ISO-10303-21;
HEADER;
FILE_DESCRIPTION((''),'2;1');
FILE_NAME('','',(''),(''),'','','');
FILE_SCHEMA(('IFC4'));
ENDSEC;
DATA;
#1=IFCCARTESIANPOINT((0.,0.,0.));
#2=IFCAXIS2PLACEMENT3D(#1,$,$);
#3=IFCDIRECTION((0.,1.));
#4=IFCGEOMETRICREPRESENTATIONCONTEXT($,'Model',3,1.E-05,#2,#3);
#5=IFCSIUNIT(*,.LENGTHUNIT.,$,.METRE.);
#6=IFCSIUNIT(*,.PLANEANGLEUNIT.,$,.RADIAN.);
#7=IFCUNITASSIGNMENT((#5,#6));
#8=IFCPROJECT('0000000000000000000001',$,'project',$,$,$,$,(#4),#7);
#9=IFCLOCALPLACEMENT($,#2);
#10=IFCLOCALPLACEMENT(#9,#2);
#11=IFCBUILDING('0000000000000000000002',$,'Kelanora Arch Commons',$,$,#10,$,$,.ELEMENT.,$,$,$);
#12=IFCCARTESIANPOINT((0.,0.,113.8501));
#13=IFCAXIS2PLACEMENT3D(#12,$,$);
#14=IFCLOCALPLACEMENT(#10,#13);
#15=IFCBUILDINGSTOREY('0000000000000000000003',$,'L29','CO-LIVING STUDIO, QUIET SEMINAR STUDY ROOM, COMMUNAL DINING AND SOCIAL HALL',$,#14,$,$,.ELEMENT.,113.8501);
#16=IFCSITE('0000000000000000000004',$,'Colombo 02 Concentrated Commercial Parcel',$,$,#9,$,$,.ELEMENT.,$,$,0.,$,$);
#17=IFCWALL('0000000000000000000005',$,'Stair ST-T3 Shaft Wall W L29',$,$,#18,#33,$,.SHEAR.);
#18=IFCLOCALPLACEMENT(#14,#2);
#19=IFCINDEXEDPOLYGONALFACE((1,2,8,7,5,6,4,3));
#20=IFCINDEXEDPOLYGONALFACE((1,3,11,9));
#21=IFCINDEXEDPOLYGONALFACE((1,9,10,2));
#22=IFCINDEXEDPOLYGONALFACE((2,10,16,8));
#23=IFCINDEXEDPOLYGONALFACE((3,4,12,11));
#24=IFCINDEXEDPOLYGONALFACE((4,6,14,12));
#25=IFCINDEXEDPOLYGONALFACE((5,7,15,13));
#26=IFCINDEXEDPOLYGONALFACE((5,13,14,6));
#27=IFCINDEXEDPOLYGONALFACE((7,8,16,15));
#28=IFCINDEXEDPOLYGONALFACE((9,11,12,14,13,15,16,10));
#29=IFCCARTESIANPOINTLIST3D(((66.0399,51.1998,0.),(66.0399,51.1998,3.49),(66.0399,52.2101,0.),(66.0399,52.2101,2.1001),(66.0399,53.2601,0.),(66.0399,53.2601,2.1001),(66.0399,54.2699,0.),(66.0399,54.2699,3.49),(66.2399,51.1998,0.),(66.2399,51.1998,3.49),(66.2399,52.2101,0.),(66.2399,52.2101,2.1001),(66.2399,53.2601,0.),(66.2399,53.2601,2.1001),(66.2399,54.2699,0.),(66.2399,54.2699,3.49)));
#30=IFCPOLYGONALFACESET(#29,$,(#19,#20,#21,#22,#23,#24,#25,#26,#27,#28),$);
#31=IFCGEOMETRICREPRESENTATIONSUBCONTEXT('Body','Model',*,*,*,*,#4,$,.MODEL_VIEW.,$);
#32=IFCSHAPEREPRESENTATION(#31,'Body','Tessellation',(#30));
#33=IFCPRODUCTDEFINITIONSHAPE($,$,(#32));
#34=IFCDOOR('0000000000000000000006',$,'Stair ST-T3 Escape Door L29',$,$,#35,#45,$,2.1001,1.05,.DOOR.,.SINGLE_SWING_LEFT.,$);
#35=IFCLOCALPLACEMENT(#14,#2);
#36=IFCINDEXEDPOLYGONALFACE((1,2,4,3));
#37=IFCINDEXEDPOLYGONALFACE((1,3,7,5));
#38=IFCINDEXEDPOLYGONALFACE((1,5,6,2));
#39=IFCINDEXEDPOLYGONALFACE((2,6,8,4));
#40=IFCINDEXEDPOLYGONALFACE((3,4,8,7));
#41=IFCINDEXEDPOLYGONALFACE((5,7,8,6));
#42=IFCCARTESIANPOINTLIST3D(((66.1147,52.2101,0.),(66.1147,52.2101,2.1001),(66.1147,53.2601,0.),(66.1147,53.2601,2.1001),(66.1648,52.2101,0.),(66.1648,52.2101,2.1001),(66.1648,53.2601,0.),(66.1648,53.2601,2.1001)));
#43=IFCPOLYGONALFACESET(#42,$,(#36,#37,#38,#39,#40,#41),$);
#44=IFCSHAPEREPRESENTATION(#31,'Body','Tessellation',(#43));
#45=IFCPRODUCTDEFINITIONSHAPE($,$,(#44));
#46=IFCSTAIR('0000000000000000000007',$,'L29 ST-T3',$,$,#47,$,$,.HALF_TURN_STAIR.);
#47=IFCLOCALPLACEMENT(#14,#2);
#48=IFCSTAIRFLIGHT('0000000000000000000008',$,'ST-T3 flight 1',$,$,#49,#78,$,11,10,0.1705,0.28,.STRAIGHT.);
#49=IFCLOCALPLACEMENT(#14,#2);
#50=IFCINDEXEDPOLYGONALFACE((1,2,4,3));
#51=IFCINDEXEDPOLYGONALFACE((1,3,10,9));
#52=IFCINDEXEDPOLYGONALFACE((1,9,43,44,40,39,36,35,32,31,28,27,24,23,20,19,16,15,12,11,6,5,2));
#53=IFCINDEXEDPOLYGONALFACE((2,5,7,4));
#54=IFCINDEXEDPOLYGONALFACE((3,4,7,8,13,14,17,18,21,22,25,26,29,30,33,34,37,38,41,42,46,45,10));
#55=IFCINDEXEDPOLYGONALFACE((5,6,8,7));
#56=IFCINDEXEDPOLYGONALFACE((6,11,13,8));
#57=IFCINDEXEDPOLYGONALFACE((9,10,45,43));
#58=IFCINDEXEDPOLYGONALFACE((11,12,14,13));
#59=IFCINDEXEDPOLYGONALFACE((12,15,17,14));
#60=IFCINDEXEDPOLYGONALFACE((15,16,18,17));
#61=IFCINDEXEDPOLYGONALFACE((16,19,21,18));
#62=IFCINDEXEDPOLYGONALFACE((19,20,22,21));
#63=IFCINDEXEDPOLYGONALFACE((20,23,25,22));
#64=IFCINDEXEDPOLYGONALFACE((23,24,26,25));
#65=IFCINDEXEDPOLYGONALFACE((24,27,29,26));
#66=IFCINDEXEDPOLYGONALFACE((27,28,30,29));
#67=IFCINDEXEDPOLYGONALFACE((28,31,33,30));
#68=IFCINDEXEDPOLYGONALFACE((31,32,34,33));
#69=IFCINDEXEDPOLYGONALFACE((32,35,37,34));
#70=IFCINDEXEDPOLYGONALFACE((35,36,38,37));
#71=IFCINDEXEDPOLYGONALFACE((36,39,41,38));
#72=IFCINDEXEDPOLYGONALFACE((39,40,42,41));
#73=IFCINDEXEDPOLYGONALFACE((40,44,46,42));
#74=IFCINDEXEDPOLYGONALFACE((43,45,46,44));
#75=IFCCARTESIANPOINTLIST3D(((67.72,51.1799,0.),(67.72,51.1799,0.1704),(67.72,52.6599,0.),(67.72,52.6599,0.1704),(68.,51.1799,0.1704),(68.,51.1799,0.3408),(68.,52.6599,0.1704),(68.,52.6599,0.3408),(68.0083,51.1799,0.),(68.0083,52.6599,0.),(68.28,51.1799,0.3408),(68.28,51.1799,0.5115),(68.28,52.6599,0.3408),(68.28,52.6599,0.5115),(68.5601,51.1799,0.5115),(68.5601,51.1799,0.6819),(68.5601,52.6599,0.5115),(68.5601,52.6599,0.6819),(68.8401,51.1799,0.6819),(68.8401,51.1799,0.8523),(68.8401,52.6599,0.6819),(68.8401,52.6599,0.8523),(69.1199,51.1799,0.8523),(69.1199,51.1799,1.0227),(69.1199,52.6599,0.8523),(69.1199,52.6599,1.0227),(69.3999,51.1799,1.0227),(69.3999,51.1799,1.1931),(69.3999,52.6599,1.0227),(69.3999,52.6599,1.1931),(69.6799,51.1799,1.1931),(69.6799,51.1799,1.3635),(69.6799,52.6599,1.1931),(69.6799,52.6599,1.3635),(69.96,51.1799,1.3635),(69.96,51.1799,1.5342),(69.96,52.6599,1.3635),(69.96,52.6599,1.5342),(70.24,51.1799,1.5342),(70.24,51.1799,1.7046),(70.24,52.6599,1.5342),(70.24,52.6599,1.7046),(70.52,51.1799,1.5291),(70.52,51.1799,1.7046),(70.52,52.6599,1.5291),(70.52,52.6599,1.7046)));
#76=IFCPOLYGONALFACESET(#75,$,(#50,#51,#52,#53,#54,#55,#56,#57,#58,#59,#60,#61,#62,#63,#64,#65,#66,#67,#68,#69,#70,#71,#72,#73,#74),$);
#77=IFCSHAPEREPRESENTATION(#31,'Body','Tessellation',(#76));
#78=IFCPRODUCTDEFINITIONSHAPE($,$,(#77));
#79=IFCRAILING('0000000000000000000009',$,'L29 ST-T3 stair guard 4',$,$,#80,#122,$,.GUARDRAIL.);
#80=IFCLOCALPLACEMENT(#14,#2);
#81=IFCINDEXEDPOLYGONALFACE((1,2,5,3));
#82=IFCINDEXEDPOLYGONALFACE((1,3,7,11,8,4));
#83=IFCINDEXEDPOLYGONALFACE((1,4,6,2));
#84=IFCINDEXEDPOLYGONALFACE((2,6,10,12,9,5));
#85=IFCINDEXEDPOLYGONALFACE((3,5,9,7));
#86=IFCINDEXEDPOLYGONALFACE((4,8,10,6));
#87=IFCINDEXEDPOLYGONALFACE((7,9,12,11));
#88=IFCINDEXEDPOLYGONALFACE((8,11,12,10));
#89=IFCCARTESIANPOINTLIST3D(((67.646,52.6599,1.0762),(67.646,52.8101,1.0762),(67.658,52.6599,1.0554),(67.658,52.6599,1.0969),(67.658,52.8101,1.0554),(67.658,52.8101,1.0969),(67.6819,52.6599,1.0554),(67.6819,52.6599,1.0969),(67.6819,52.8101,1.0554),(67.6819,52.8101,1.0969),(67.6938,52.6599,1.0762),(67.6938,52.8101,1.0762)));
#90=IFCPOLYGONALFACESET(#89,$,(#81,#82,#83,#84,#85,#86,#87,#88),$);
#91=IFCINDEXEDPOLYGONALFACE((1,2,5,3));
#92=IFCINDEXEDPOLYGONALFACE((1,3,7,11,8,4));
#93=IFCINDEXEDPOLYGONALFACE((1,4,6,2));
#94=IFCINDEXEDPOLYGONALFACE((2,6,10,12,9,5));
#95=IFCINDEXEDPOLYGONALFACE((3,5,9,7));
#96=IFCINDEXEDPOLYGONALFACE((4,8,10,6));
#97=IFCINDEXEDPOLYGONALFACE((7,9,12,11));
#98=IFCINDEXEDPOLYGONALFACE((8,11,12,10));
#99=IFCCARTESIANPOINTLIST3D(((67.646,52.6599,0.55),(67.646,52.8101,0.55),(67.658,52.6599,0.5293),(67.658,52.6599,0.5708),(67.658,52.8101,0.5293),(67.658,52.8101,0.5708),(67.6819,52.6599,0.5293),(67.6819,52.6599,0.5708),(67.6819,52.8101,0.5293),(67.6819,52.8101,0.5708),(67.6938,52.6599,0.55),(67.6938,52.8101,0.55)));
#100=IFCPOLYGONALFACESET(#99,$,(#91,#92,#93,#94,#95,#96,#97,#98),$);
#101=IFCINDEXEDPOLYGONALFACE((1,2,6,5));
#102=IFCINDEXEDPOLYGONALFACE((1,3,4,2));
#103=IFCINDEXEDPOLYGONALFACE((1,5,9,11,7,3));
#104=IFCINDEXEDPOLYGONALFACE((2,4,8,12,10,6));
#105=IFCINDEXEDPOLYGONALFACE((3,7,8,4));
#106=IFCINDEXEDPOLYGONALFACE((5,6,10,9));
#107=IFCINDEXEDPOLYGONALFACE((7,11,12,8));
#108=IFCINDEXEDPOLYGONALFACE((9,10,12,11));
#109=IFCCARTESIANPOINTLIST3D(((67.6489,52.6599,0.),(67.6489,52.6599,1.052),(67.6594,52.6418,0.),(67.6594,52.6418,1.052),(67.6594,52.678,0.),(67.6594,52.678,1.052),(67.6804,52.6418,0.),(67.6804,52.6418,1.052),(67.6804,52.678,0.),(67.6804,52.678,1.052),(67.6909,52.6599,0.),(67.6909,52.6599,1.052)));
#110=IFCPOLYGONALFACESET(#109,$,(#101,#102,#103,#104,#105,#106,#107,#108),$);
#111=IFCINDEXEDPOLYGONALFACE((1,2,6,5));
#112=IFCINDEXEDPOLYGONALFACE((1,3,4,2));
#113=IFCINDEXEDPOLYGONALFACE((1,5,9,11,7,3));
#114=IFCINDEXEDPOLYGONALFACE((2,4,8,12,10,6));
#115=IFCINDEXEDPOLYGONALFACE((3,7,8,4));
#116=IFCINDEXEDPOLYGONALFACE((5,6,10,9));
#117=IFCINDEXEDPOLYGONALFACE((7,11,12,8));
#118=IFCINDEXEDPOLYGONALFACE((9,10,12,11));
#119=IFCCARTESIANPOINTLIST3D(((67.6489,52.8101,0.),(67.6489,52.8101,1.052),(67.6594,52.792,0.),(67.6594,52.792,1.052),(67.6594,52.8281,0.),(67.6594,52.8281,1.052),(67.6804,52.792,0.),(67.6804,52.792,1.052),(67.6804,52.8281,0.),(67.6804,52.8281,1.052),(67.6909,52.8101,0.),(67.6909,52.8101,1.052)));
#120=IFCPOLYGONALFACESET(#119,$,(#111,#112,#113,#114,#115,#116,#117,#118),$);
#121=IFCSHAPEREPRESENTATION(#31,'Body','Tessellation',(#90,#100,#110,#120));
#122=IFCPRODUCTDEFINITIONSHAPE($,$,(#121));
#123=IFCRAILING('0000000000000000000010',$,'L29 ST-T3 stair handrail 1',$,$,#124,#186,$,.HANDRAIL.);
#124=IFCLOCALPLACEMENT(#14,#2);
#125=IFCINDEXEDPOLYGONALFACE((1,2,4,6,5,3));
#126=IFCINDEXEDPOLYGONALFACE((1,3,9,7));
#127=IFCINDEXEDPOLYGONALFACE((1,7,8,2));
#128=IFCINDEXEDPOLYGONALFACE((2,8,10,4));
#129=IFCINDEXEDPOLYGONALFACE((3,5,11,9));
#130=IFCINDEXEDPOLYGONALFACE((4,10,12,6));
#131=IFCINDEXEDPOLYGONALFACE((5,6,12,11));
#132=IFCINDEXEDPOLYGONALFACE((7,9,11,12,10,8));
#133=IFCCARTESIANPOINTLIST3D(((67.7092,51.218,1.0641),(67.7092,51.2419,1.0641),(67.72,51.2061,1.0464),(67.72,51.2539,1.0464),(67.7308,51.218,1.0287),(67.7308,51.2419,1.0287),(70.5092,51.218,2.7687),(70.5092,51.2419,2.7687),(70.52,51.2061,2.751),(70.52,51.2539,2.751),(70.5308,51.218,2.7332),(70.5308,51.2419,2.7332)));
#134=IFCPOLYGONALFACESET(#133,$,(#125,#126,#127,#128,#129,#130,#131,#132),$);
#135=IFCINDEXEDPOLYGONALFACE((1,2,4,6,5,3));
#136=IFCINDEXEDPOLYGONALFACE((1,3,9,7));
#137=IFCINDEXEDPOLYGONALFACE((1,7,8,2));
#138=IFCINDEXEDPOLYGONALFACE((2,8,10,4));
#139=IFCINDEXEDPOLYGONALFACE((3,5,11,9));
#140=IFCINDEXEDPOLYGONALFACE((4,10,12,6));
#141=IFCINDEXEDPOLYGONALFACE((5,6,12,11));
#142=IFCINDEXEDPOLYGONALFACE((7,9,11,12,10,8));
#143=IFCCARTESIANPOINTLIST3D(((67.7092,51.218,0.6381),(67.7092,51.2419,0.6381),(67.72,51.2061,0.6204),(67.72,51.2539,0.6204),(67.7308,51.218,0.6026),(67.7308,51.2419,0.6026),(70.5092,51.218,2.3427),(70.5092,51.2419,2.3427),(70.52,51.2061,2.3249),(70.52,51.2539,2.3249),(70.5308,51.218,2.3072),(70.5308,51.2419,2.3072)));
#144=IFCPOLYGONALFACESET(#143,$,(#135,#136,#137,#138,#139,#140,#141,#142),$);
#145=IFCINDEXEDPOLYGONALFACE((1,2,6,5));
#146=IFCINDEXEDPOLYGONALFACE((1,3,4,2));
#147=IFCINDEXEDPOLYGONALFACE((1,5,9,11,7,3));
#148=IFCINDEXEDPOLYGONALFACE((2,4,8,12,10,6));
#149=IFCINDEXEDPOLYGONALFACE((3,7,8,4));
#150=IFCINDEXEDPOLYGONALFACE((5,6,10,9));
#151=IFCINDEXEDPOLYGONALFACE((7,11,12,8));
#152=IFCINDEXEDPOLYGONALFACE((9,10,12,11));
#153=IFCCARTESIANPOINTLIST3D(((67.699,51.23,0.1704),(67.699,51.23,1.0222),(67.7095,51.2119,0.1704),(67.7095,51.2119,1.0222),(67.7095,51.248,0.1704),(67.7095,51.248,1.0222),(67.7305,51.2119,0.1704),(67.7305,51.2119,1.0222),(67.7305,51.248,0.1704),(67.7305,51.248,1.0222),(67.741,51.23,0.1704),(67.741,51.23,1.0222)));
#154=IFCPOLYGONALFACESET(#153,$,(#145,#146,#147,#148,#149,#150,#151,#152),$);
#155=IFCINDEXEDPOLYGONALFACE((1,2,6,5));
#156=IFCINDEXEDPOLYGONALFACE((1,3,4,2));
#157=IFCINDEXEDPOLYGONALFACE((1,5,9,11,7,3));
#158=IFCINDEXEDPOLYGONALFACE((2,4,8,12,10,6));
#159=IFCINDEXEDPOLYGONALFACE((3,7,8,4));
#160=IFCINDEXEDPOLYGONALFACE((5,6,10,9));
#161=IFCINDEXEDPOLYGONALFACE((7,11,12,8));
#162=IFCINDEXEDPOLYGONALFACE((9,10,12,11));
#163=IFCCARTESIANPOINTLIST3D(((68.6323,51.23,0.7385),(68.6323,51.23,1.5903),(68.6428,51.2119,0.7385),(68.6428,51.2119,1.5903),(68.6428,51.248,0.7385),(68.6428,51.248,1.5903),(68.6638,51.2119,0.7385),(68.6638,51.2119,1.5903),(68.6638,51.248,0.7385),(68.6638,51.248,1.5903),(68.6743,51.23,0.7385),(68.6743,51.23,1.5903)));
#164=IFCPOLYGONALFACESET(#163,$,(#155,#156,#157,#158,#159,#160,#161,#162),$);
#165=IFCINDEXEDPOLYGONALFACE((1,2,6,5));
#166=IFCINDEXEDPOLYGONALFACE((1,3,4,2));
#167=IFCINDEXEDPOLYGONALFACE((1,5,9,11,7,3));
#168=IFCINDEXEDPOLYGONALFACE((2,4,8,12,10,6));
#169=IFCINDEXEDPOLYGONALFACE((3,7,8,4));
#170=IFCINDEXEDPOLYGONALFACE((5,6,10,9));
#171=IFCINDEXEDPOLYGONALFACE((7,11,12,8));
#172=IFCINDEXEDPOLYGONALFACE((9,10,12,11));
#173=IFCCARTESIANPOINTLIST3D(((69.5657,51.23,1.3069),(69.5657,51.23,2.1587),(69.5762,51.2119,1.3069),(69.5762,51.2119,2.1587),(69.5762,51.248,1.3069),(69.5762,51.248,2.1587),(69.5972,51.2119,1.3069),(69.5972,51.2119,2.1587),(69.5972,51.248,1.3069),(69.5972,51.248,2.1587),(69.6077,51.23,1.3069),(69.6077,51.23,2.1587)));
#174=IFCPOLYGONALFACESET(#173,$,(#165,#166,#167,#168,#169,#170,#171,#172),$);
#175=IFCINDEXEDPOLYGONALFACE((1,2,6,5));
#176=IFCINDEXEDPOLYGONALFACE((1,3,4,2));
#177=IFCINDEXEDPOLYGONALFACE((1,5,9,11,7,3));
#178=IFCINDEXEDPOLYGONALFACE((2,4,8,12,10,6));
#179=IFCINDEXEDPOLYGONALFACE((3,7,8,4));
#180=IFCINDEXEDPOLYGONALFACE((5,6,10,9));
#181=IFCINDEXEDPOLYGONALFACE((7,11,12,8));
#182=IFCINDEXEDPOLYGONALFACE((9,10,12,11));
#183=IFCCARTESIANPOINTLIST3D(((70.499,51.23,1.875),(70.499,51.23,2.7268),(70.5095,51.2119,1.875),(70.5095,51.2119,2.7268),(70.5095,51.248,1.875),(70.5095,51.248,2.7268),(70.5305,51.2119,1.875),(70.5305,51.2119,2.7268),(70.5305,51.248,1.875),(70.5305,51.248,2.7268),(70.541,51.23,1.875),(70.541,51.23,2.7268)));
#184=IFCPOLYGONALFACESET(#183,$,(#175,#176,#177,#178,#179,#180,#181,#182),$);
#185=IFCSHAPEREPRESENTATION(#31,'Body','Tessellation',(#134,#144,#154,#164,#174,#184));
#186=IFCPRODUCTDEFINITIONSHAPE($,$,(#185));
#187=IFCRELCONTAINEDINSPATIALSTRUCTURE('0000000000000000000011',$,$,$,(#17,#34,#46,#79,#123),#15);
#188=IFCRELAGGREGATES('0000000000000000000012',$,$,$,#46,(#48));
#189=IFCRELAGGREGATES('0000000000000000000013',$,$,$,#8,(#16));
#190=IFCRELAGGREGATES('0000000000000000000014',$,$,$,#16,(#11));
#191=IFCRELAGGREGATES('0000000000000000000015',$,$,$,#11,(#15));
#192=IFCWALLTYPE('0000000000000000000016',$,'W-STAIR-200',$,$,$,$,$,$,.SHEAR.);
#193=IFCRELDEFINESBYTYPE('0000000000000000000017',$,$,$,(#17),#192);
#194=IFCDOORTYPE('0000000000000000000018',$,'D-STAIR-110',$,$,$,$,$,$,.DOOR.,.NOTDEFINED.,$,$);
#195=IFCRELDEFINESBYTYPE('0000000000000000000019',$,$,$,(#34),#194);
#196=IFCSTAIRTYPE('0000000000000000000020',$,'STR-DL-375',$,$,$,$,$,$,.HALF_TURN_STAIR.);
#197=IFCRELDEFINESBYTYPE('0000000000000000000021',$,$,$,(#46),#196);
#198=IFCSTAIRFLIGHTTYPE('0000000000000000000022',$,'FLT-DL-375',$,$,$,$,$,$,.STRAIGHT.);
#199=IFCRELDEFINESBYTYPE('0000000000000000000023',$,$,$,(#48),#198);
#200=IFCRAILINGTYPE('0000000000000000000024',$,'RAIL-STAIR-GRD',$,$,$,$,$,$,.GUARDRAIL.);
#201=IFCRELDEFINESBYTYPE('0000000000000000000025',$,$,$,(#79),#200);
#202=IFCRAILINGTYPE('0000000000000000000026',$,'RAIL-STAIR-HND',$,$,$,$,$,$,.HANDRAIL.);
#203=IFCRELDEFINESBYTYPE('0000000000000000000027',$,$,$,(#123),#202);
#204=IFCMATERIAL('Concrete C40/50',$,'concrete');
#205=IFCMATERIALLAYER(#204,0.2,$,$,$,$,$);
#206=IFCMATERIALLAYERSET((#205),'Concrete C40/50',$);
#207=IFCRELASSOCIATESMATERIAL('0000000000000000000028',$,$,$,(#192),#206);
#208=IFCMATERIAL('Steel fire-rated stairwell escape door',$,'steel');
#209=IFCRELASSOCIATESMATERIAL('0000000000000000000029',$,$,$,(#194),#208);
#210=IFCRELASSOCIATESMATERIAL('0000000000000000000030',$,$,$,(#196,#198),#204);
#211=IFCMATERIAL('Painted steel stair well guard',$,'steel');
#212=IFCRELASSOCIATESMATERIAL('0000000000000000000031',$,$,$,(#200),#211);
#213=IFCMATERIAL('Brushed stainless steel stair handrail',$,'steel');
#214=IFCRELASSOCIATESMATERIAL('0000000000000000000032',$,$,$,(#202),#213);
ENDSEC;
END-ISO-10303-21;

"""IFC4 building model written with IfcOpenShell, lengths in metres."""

from ifc_helpers import new_model, si_unit, direction, frame, frame_2d, origin, place, context, subcontext, project, spatial, polyline, rectangle, outline, extrude, material, layer, layer_set, type_object, element, fill, aggregate, save


model = new_model("IFC4")

# Units and contexts
model_context = context("Model", 3, precision=1e-05, world=origin(), true_north=direction((0.0, 1.0)))
body_context = subcontext(model_context, "Body", "Model", "MODEL_VIEW")
ifc_project = project(units=[si_unit("LENGTHUNIT", "METRE"), si_unit("PLANEANGLEUNIT", "RADIAN")], contexts=[model_context])

# Site, building, storey
site_placement = place(None, origin())
site = spatial("IfcSite", under=ifc_project, at=site_placement, Name="Colombo 02 Concentrated Commercial Parcel", CompositionType="ELEMENT", RefElevation=0.0)
building_placement = place(site_placement, origin())
building = spatial("IfcBuilding", under=site, at=building_placement, Name="Kelanora Arch Commons", CompositionType="ELEMENT")
storey_placement = place(building_placement, frame((0.0, 0.0, 113.8501)))
storey = spatial("IfcBuildingStorey", under=building, at=storey_placement, Name="L29", Description="CO-LIVING STUDIO, QUIET SEMINAR STUDY ROOM, COMMUNAL DINING AND SOCIAL HALL", CompositionType="ELEMENT", Elevation=113.8501)

# Shared definitions
ifc_material_1 = material(Name="Concrete C40/50", Category="concrete")

# Shared definitions
ifc_layer_1 = layer(ifc_material_1, 0.2)
ifc_layer_set_1 = layer_set([ifc_layer_1], Name="Concrete C40/50")
wall_type_1 = type_object("IfcWallType", Name="W-STAIR-200", PredefinedType="SHEAR", material=ifc_layer_set_1)

# Wall, opening, door
wall_1_placement = place(storey_placement, frame((66.1399, 54.27, 0.0), z_axis=(0.0, 0.0, 1.0), x_axis=(0.0, -1.0, 0.0)))
wall_1 = element("IfcWall", 1, at=wall_1_placement, inside=storey, type_object=wall_type_1, Name="Stair ST-T3 Shaft Wall W L29", PredefinedType="SHEAR", context=body_context, shape_type="SweptSolid", body=[
    extrude(rectangle(XDim=3.0701, YDim=0.2, at=frame_2d((1.5352, 0.0))), origin(), (0.0, 0.0, 1.0), 3.49),
])
opening_1_placement = place(wall_1_placement, frame((1.01, 0.0, 0.0)))
opening_1 = element("IfcOpeningElement", 2, at=opening_1_placement, cuts=wall_1, PredefinedType="OPENING", context=body_context, shape_type="SweptSolid", body=[
    extrude(rectangle(XDim=1.05, YDim=2.1001, at=frame_2d((0.5249, 1.05))), frame((0.0, 0.1099, 0.0), z_axis=(0.0, -1.0, 0.0), x_axis=(1.0, 0.0, 0.0)), (0.0, 0.0, 1.0), 0.22),
])
ifc_material_2 = material(Name="Steel fire-rated stairwell escape door", Category="steel")
door_type_1 = type_object("IfcDoorType", Name="D-STAIR-110", OperationType="NOTDEFINED", PredefinedType="DOOR", material=ifc_material_2)
door_1_placement = place(opening_1_placement, origin())
door_1 = element("IfcDoor", 3, at=door_1_placement, inside=storey, type_object=door_type_1, Name="Stair ST-T3 Escape Door L29", OperationType="SINGLE_SWING_LEFT", OverallHeight=2.1001, OverallWidth=1.05, PredefinedType="DOOR", context=body_context, shape_type="SweptSolid", body=[
    extrude(rectangle(XDim=1.05, YDim=2.1001, at=frame_2d((0.5249, 1.05))), frame((0.0, 0.0249, 0.0), z_axis=(0.0, -1.0, 0.0), x_axis=(1.0, 0.0, 0.0)), (0.0, 0.0, 1.0), 0.05),
])
fill(opening_1, door_1)

# Stair, stair flight
stair_type = type_object("IfcStairType", Name="STR-DL-375", PredefinedType="HALF_TURN_STAIR", material=ifc_material_1)
stair_placement = place(storey_placement, origin())
stair = element("IfcStair", 4, at=stair_placement, inside=storey, type_object=stair_type, Name="L29 ST-T3", PredefinedType="HALF_TURN_STAIR")
stair_flight_type = type_object("IfcStairFlightType", Name="FLT-DL-375", PredefinedType="STRAIGHT", material=ifc_material_1)
stair_flight_placement = place(storey_placement, frame((67.72, 51.9199, 0.0), z_axis=(0.0, 0.0, 1.0), x_axis=(1.0, 0.0, 0.0)))
stair_flight = element("IfcStairFlight", 5, at=stair_flight_placement, type_object=stair_flight_type, Name="ST-T3 flight 1", NumberOfRisers=11, NumberOfTreads=10, PredefinedType="STRAIGHT", RiserHeight=0.1705, TreadLength=0.28, context=body_context, shape_type="SweptSolid", body=[
    extrude(outline(polyline([(0.0, 0.0), (0.0, 0.1704), (0.28, 0.1704), (0.28, 0.3408), (0.5601, 0.3408), (0.5601, 0.5115), (0.8401, 0.5115), (0.8401, 0.6819), (1.1201, 0.6819), (1.1201, 0.8523), (1.3999, 0.8523), (1.3999, 1.0227), (1.6799, 1.0227), (1.6799, 1.1931), (1.96, 1.1931), (1.96, 1.3635), (2.24, 1.3635), (2.24, 1.5342), (2.52, 1.5342), (2.52, 1.7046), (2.8, 1.7046), (2.8, 1.875), (2.8, 1.5291), (0.2883, 0.0), (0.0, 0.0)])), frame((0.0, 0.74, 0.0), z_axis=(0.0, -1.0, 0.0), x_axis=(1.0, 0.0, 0.0)), (0.0, 0.0, 1.0), 1.48),
])
aggregate(stair, [stair_flight])

# Railings
ifc_material_3 = material(Name="Painted steel stair well guard", Category="steel")
railing_type_1 = type_object("IfcRailingType", Name="RAIL-STAIR-GRD", PredefinedType="GUARDRAIL", material=ifc_material_3)
railing_1_placement = place(storey_placement, frame((67.6699, 52.6599, 0.0)))
element("IfcRailing", 6, at=railing_1_placement, inside=storey, type_object=railing_type_1, Name="L29 ST-T3 stair guard 4", PredefinedType="GUARDRAIL", context=body_context, shape_type="SweptSolid", body=[
    extrude(outline(polyline([(0.0239, 0.0), (0.012, 0.0208), (-0.012, 0.0208), (-0.0239, 0.0), (-0.012, -0.0208), (0.012, -0.0208), (0.0239, 0.0)])), frame((0.0, 0.0, 1.0762), z_axis=(0.0, 1.0, 0.0), x_axis=(-1.0, 0.0, 0.0)), (0.0, 0.0, 1.0), 0.1501),
    extrude(outline(polyline([(0.0239, 0.0), (0.012, 0.0208), (-0.012, 0.0208), (-0.0239, 0.0), (-0.012, -0.0208), (0.012, -0.0208), (0.0239, 0.0)])), frame((0.0, 0.0, 0.55), z_axis=(0.0, 1.0, 0.0), x_axis=(-1.0, 0.0, 0.0)), (0.0, 0.0, 1.0), 0.1501),
    extrude(outline(polyline([(0.021, 0.0), (0.0105, 0.0181), (-0.0105, 0.0181), (-0.021, 0.0), (-0.0105, -0.0181), (0.0105, -0.0181), (0.021, 0.0)])), origin(), (0.0, 0.0, 1.0), 1.052),
    extrude(outline(polyline([(0.021, 0.0), (0.0105, 0.0181), (-0.0105, 0.0181), (-0.021, 0.0), (-0.0105, -0.0181), (0.0105, -0.0181), (0.021, 0.0)])), frame((0.0, 0.1501, 0.0)), (0.0, 0.0, 1.0), 1.052),
])
ifc_material_4 = material(Name="Brushed stainless steel stair handrail", Category="steel")
railing_type_2 = type_object("IfcRailingType", Name="RAIL-STAIR-HND", PredefinedType="HANDRAIL", material=ifc_material_4)
railing_2_placement = place(storey_placement, frame((67.72, 51.23, 0.1704)))
element("IfcRailing", 7, at=railing_2_placement, inside=storey, type_object=railing_type_2, Name="L29 ST-T3 stair handrail 1", PredefinedType="HANDRAIL", context=body_context, shape_type="SweptSolid", body=[
    extrude(outline(polyline([(0.0239, 0.0), (0.012, 0.0208), (-0.012, 0.0208), (-0.0239, 0.0), (-0.012, -0.0208), (0.012, -0.0208), (0.0239, 0.0)])), frame((0.0, 0.0, 0.876), z_axis=(0.85417, 0.0, 0.519994), x_axis=(0.0, 1.0, 0.0)), (0.0, 0.0, 1.0), 3.2781),
    extrude(outline(polyline([(0.0239, 0.0), (0.012, 0.0208), (-0.012, 0.0208), (-0.0239, 0.0), (-0.012, -0.0208), (0.012, -0.0208), (0.0239, 0.0)])), frame((0.0, 0.0, 0.45), z_axis=(0.85417, 0.0, 0.519994), x_axis=(0.0, 1.0, 0.0)), (0.0, 0.0, 1.0), 3.2781),
    extrude(outline(polyline([(0.021, 0.0), (0.0105, 0.0181), (-0.0105, 0.0181), (-0.021, 0.0), (-0.0105, -0.0181), (0.0105, -0.0181), (0.021, 0.0)])), origin(), (0.0, 0.0, 1.0), 0.8518),
    extrude(outline(polyline([(0.021, 0.0), (0.0105, 0.0181), (-0.0105, 0.0181), (-0.021, 0.0), (-0.0105, -0.0181), (0.0105, -0.0181), (0.021, 0.0)])), frame((0.9333, 0.0, 0.5681)), (0.0, 0.0, 1.0), 0.8518),
    extrude(outline(polyline([(0.021, 0.0), (0.0105, 0.0181), (-0.0105, 0.0181), (-0.021, 0.0), (-0.0105, -0.0181), (0.0105, -0.0181), (0.021, 0.0)])), frame((1.8667, 0.0, 1.1365)), (0.0, 0.0, 1.0), 0.8518),
    extrude(outline(polyline([(0.021, 0.0), (0.0105, 0.0181), (-0.0105, 0.0181), (-0.021, 0.0), (-0.0105, -0.0181), (0.0105, -0.0181), (0.021, 0.0)])), frame((2.8, 0.0, 1.7046)), (0.0, 0.0, 1.0), 0.8518),
])

save(model, "model.ifc")
